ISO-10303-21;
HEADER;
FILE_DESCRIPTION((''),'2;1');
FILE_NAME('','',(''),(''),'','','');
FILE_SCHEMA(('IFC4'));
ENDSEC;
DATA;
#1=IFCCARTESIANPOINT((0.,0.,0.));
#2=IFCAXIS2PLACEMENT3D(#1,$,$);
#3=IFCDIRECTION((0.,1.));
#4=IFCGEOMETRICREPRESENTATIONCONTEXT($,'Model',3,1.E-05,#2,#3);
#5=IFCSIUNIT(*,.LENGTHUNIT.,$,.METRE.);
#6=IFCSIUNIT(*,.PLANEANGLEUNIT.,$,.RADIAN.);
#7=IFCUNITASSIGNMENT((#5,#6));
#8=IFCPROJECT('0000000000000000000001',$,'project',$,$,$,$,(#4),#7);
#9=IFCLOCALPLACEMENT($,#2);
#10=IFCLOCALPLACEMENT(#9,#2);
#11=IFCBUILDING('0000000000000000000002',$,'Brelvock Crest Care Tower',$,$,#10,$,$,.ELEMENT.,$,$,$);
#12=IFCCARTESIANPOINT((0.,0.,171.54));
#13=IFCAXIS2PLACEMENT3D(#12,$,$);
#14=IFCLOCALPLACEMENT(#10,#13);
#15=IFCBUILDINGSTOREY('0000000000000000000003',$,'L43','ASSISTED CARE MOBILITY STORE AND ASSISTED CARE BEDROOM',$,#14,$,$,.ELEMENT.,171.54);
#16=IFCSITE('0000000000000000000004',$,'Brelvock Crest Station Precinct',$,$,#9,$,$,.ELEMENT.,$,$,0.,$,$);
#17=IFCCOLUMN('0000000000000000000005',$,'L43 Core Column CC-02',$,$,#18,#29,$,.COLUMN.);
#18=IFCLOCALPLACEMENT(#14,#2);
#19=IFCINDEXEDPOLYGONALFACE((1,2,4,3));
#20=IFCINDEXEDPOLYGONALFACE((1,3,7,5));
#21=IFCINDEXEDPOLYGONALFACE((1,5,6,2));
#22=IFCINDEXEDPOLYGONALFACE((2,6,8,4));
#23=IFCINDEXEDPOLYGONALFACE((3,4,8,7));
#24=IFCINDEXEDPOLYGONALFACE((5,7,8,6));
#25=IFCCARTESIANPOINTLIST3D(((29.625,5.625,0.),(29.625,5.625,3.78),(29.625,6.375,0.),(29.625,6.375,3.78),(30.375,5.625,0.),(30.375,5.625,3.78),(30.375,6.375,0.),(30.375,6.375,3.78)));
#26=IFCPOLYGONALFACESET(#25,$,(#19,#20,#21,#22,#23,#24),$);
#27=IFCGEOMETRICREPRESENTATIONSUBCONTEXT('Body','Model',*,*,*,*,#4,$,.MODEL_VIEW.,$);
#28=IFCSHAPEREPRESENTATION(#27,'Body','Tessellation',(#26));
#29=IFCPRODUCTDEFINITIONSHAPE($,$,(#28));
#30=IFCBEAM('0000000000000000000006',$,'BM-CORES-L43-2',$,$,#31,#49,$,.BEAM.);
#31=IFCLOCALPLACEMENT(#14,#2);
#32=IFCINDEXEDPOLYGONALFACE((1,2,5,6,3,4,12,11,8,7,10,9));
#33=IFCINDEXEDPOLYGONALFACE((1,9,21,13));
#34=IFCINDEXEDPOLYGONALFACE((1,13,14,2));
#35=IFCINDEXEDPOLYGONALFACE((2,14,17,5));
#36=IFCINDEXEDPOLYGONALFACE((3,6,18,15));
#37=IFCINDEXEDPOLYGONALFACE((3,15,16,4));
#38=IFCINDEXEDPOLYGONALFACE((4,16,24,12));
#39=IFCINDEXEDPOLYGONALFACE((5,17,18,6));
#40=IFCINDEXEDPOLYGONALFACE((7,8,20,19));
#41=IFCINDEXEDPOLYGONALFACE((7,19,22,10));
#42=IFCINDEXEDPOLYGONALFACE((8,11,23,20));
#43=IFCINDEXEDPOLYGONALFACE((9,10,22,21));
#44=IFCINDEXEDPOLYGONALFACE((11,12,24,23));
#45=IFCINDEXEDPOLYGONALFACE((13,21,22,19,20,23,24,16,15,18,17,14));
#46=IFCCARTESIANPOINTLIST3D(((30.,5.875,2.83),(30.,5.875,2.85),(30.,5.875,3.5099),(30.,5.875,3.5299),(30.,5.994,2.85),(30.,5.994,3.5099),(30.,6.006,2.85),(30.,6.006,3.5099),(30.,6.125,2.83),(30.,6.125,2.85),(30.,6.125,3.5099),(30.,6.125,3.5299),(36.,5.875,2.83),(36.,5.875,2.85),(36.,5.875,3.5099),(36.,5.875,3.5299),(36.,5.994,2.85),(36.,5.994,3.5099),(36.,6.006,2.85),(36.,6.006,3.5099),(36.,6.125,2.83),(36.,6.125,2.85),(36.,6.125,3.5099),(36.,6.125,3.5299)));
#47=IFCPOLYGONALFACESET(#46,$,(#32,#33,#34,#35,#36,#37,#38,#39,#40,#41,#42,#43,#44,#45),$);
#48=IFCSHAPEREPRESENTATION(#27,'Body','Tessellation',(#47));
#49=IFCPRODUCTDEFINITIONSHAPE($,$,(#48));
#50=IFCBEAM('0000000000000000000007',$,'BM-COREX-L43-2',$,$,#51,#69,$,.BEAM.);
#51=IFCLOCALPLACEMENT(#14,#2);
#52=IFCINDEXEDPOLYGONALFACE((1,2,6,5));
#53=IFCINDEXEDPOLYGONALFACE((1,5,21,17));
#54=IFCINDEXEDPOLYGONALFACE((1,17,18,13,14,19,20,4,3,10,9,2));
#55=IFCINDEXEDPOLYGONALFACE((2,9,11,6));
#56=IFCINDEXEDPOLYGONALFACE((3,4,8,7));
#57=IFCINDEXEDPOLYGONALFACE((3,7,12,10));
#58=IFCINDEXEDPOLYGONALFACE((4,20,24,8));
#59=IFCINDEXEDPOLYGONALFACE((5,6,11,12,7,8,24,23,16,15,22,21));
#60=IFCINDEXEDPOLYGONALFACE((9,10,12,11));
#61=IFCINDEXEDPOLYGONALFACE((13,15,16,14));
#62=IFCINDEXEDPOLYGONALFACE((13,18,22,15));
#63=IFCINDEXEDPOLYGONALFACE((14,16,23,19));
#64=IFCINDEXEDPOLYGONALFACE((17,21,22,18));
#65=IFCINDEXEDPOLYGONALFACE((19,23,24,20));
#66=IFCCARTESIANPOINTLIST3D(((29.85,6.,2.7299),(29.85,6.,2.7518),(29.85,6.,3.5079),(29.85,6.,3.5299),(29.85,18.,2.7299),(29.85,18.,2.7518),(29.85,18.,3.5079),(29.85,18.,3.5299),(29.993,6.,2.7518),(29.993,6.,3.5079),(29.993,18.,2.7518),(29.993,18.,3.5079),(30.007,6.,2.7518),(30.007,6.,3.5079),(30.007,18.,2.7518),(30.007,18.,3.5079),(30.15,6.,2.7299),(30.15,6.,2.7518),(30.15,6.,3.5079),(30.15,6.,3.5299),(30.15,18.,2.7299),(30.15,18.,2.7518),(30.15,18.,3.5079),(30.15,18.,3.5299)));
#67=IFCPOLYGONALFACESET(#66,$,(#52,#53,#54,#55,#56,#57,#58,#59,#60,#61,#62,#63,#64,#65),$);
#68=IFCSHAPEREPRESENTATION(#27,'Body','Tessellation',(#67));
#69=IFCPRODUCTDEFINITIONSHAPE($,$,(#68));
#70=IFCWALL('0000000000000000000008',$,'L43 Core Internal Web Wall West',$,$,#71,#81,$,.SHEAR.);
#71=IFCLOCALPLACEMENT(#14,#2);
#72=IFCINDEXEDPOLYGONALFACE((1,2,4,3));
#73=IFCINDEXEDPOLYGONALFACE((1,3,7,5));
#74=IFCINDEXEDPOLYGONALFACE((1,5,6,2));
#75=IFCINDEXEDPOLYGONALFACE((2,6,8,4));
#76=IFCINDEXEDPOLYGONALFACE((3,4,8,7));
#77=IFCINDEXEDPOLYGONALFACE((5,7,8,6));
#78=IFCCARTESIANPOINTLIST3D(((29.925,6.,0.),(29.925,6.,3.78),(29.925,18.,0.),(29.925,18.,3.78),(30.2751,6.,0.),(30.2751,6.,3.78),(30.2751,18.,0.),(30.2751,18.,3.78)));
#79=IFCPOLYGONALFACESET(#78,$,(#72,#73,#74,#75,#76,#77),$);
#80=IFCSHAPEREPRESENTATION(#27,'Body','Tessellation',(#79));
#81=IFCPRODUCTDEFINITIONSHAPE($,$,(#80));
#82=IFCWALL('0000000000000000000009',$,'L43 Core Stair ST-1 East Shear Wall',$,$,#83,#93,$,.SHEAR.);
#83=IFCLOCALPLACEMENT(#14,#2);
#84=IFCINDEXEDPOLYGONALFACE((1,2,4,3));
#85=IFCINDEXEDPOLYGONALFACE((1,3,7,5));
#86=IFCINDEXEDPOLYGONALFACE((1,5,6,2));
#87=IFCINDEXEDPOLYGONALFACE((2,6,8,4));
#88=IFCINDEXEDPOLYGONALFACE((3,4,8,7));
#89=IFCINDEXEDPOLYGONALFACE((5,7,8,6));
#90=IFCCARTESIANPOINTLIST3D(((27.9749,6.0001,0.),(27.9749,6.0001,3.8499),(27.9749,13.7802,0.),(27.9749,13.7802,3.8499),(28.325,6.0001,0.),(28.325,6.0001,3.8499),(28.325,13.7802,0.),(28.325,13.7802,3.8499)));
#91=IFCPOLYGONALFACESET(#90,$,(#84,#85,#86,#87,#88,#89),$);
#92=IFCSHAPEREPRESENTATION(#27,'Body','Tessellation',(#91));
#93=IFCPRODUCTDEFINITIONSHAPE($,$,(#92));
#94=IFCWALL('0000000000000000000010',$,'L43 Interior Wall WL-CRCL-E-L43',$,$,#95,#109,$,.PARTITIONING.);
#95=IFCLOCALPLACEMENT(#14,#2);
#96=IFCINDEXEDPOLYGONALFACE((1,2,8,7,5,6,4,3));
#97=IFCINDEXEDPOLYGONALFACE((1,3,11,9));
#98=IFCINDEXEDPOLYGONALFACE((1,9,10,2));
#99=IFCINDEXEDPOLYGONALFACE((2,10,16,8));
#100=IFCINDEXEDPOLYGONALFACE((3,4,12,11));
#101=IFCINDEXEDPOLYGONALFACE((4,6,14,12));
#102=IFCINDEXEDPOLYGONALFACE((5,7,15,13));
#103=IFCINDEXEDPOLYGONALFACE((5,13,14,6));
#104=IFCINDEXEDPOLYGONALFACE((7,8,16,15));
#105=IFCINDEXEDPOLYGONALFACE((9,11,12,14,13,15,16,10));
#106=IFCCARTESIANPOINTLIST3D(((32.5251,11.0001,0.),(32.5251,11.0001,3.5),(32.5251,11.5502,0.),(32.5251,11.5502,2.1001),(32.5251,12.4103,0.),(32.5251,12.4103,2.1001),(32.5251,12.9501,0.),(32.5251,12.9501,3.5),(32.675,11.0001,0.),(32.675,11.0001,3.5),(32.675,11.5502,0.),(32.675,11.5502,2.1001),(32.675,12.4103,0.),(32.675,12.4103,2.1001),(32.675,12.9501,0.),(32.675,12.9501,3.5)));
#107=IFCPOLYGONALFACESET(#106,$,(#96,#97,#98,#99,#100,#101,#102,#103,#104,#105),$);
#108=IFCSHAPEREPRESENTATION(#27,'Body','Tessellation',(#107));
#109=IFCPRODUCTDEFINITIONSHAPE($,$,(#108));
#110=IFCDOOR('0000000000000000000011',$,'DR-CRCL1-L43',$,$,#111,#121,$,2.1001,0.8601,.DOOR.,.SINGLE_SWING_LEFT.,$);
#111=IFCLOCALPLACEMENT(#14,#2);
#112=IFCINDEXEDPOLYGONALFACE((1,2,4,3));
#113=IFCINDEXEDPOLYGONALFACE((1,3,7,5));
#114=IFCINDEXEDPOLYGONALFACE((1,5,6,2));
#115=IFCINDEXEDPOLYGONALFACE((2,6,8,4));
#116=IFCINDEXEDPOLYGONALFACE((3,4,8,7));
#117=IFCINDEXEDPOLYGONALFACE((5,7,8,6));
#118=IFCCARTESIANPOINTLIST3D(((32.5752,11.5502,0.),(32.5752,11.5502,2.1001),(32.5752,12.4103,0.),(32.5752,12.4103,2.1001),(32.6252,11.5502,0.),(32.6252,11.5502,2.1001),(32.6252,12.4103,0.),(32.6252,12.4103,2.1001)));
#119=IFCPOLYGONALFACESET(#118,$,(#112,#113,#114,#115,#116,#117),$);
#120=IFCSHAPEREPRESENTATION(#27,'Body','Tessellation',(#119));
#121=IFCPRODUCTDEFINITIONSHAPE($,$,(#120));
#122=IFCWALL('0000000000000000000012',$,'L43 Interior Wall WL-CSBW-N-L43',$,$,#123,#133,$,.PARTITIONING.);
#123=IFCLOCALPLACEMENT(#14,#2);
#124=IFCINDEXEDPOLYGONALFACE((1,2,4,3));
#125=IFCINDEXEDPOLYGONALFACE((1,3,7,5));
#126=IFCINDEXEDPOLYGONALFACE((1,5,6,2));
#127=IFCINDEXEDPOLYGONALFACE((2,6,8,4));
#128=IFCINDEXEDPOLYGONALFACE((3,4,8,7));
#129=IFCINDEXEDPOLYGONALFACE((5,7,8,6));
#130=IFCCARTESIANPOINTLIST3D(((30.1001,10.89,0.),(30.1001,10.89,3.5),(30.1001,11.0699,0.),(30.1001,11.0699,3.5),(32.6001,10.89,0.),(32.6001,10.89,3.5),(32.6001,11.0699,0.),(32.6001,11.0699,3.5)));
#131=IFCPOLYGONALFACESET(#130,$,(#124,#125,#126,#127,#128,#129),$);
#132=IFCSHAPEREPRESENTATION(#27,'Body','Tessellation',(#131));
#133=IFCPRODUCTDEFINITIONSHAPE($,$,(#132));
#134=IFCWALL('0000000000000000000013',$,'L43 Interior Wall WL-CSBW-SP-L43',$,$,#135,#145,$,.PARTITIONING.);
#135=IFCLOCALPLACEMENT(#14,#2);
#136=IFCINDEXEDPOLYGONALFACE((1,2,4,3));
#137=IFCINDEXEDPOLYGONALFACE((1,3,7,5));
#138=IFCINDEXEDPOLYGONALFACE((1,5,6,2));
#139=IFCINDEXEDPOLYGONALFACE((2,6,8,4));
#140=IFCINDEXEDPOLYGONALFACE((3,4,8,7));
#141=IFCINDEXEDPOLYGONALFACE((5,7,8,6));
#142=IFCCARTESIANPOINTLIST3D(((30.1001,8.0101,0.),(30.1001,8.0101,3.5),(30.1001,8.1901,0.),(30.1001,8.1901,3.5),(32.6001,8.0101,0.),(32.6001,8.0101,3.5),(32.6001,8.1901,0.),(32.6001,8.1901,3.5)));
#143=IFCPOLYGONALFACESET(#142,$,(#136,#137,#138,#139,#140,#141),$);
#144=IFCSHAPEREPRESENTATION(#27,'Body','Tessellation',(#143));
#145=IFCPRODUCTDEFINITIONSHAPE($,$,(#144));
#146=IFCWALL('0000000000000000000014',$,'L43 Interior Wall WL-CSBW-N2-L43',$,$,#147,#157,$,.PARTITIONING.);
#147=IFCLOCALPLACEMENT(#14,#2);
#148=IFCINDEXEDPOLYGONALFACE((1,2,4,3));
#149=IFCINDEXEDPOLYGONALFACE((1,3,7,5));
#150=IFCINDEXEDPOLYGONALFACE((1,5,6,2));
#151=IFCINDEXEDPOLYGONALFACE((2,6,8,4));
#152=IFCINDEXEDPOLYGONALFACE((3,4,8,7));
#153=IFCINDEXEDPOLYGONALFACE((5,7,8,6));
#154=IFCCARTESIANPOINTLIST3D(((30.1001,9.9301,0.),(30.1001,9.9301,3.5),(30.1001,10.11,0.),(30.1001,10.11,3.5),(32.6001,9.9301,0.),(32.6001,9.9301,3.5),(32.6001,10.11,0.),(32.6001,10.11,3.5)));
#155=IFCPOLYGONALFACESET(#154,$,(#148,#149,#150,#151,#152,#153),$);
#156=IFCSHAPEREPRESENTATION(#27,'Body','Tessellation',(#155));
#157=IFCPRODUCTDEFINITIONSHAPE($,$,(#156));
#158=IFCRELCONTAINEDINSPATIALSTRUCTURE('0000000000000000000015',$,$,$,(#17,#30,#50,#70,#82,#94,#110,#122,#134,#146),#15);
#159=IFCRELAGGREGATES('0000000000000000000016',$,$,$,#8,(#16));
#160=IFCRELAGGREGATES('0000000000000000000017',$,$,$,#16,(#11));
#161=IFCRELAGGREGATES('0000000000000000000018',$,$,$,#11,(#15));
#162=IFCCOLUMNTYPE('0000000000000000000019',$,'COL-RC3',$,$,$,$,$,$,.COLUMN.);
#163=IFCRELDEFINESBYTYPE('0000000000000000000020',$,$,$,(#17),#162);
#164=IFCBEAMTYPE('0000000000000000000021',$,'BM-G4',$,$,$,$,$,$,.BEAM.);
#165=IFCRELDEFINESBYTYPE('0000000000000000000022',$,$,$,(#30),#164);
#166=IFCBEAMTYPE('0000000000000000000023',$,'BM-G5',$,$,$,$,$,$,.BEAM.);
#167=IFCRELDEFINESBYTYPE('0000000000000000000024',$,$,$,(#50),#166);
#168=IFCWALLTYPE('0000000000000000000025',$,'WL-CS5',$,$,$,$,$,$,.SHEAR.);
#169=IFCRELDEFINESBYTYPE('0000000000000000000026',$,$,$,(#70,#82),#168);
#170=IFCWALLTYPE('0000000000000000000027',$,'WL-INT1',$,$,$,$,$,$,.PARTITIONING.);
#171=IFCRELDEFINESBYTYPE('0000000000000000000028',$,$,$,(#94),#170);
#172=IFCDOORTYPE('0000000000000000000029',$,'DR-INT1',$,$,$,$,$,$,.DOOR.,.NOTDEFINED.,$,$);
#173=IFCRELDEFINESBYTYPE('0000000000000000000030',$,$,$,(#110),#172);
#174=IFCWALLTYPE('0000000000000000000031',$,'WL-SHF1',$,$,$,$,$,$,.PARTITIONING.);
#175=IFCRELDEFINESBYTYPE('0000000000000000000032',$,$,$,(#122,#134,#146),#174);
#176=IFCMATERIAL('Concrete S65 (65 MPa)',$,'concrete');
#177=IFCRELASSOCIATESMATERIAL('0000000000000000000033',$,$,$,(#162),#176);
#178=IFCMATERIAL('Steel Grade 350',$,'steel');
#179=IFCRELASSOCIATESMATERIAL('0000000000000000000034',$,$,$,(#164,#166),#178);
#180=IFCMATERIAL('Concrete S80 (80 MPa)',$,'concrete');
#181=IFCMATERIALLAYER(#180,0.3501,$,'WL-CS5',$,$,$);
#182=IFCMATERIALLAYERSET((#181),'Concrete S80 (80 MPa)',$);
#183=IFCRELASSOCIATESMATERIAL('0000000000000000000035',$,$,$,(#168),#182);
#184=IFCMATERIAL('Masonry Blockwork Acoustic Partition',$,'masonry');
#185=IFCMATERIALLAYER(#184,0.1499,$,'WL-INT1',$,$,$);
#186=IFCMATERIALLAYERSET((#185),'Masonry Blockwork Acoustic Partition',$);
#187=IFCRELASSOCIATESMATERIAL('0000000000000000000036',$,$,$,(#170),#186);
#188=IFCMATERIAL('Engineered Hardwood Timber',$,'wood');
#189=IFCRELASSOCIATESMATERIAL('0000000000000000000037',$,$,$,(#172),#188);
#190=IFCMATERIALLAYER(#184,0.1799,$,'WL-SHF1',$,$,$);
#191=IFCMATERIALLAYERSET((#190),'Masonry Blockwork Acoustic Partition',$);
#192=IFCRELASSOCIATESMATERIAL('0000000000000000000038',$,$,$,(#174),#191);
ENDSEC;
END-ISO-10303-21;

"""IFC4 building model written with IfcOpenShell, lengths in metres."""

from ifc_helpers import new_model, si_unit, direction, frame, frame_2d, origin, origin_2d, place, context, subcontext, project, spatial, rectangle, i_section, extrude, source, transform, mapped, material, layer, layer_set, material_profile, profile_set, type_object, element, fill, save


model = new_model("IFC4")

# Units and contexts
model_context = context("Model", 3, precision=1e-05, world=origin(), true_north=direction((0.0, 1.0)))
body_context = subcontext(model_context, "Body", "Model", "MODEL_VIEW")
ifc_project = project(units=[si_unit("LENGTHUNIT", "METRE"), si_unit("PLANEANGLEUNIT", "RADIAN")], contexts=[model_context])

# Site, building, storey
site_placement = place(None, origin())
site = spatial("IfcSite", under=ifc_project, at=site_placement, Name="Brelvock Crest Station Precinct", CompositionType="ELEMENT", RefElevation=0.0)
building_placement = place(site_placement, origin())
building = spatial("IfcBuilding", under=site, at=building_placement, Name="Brelvock Crest Care Tower", CompositionType="ELEMENT")
storey_placement = place(building_placement, frame((0.0, 0.0, 171.54)))
storey = spatial("IfcBuildingStorey", under=building, at=storey_placement, Name="L43", Description="ASSISTED CARE MOBILITY STORE AND ASSISTED CARE BEDROOM", CompositionType="ELEMENT", Elevation=171.54)

# Column
ifc_material_1 = material(Name="Concrete S65 (65 MPa)", Category="concrete")
ifc_material_profile_1 = material_profile(ifc_material_1, rectangle(XDim=0.75, YDim=0.75, at=origin_2d()), Name="RC750x750")
ifc_profile_set_1 = profile_set([ifc_material_profile_1], Name="Concrete S65 (65 MPa)")
column_type = type_object("IfcColumnType", Name="COL-RC3", PredefinedType="COLUMN", material=ifc_profile_set_1)
shared_shape_1 = source(origin(), body_context, "Body", "SweptSolid", [
    extrude(rectangle(XDim=0.75, YDim=0.75, at=origin_2d()), origin(), (0.0, 0.0, 1.0), 3.78),
])
column_placement = place(storey_placement, frame((30.0, 6.0, 0.0), z_axis=(0.0, 0.0, 1.0), x_axis=(1.0, 0.0, 0.0)))
element("IfcColumn", 1, at=column_placement, inside=storey, type_object=column_type, Name="L43 Core Column CC-02", PredefinedType="COLUMN", context=body_context, shape_type="MappedRepresentation", body=[
    mapped(shared_shape_1, transform((0.0, 0.0, 0.0), x_axis=(1.0, 0.0, 0.0), y_axis=(0.0, 1.0, 0.0), z_axis=(0.0, 0.0, 1.0), scale=1.0)),
])

# Beams
ifc_material_2 = material(Name="Steel Grade 350", Category="steel")
ifc_material_profile_2 = material_profile(ifc_material_2, i_section(OverallWidth=0.25, OverallDepth=0.7, WebThickness=0.012, FlangeThickness=0.02, at=origin_2d()), Name="700WB150")
ifc_profile_set_2 = profile_set([ifc_material_profile_2], Name="Steel Grade 350")
beam_type_1 = type_object("IfcBeamType", Name="BM-G4", PredefinedType="BEAM", material=ifc_profile_set_2)
shared_shape_2 = source(origin(), body_context, "Body", "SweptSolid", [
    extrude(i_section(OverallWidth=0.25, OverallDepth=0.7, WebThickness=0.012, FlangeThickness=0.02, at=origin_2d()), origin(), (0.0, 0.0, 1.0), 6.0),
])
beam_1_placement = place(storey_placement, frame((30.0, 6.0, 3.1799), z_axis=(1.0, 0.0, 0.0), x_axis=(0.0, 1.0, 0.0)))
element("IfcBeam", 2, at=beam_1_placement, inside=storey, type_object=beam_type_1, Name="BM-CORES-L43-2", PredefinedType="BEAM", context=body_context, shape_type="MappedRepresentation", body=[
    mapped(shared_shape_2, transform((0.0, 0.0, 0.0), x_axis=(1.0, 0.0, 0.0), y_axis=(0.0, 1.0, 0.0), z_axis=(0.0, 0.0, 1.0), scale=1.0)),
])
ifc_material_profile_3 = material_profile(ifc_material_2, i_section(OverallWidth=0.3, OverallDepth=0.8, WebThickness=0.0139, FlangeThickness=0.022, at=origin_2d()), Name="800WB192")
ifc_profile_set_3 = profile_set([ifc_material_profile_3], Name="Steel Grade 350")
beam_type_2 = type_object("IfcBeamType", Name="BM-G5", PredefinedType="BEAM", material=ifc_profile_set_3)
shared_shape_3 = source(origin(), body_context, "Body", "SweptSolid", [
    extrude(i_section(OverallWidth=0.3, OverallDepth=0.8, WebThickness=0.0139, FlangeThickness=0.022, at=origin_2d()), origin(), (0.0, 0.0, 1.0), 12.0),
])
beam_2_placement = place(storey_placement, frame((30.0, 6.0, 3.1299), z_axis=(0.0, 1.0, 0.0), x_axis=(-1.0, 0.0, 0.0)))
element("IfcBeam", 3, at=beam_2_placement, inside=storey, type_object=beam_type_2, Name="BM-COREX-L43-2", PredefinedType="BEAM", context=body_context, shape_type="MappedRepresentation", body=[
    mapped(shared_shape_3, transform((0.0, 0.0, 0.0), x_axis=(1.0, 0.0, 0.0), y_axis=(0.0, 1.0, 0.0), z_axis=(0.0, 0.0, 1.0), scale=1.0)),
])

# Walls
ifc_material_3 = material(Name="Concrete S80 (80 MPa)", Category="concrete")
ifc_layer_1 = layer(ifc_material_3, 0.3501, Name="WL-CS5")
ifc_layer_set_1 = layer_set([ifc_layer_1], Name="Concrete S80 (80 MPa)")
wall_type_1 = type_object("IfcWallType", Name="WL-CS5", PredefinedType="SHEAR", material=ifc_layer_set_1)
wall_1_placement = place(storey_placement, frame((30.1001, 6.0, 0.0), z_axis=(0.0, 0.0, 1.0), x_axis=(0.0, 1.0, 0.0)))
element("IfcWall", 4, at=wall_1_placement, inside=storey, type_object=wall_type_1, Name="L43 Core Internal Web Wall West", PredefinedType="SHEAR", context=body_context, shape_type="SweptSolid", body=[
    extrude(rectangle(XDim=12.0, YDim=0.3501, at=frame_2d((6.0, 0.0))), origin(), (0.0, 0.0, 1.0), 3.78),
])
wall_2_placement = place(storey_placement, frame((28.1499, 6.0, 0.0), z_axis=(0.0, 0.0, 1.0), x_axis=(0.0, 1.0, 0.0)))
element("IfcWall", 5, at=wall_2_placement, inside=storey, type_object=wall_type_1, Name="L43 Core Stair ST-1 East Shear Wall", PredefinedType="SHEAR", context=body_context, shape_type="SweptSolid", body=[
    extrude(rectangle(XDim=7.78, YDim=0.3501, at=frame_2d((3.8901, 0.0))), origin(), (0.0, 0.0, 1.0), 3.8499),
])

# Wall, opening, door
ifc_material_4 = material(Name="Masonry Blockwork Acoustic Partition", Category="masonry")
ifc_layer_2 = layer(ifc_material_4, 0.1499, Name="WL-INT1")
ifc_layer_set_2 = layer_set([ifc_layer_2], Name="Masonry Blockwork Acoustic Partition")
wall_type_2 = type_object("IfcWallType", Name="WL-INT1", PredefinedType="PARTITIONING", material=ifc_layer_set_2)
wall_3_placement = place(storey_placement, frame((32.6001, 11.0, 0.0), z_axis=(0.0, 0.0, 1.0), x_axis=(0.0, 1.0, 0.0)))
wall_3 = element("IfcWall", 6, at=wall_3_placement, inside=storey, type_object=wall_type_2, Name="L43 Interior Wall WL-CRCL-E-L43", PredefinedType="PARTITIONING", context=body_context, shape_type="SweptSolid", body=[
    extrude(rectangle(XDim=1.95, YDim=0.1499, at=frame_2d((0.9751, 0.0))), origin(), (0.0, 0.0, 1.0), 3.5),
])
opening_1_placement = place(wall_3_placement, frame((0.55, 0.0, 0.0)))
opening_1 = element("IfcOpeningElement", 7, at=opening_1_placement, cuts=wall_3, PredefinedType="OPENING", context=body_context, shape_type="SweptSolid", body=[
    extrude(rectangle(XDim=0.8601, YDim=2.1001, at=origin_2d()), frame((0.4302, 0.085, 1.05), z_axis=(0.0, -1.0, 0.0), x_axis=(1.0, 0.0, 0.0)), (0.0, 0.0, 1.0), 0.1699),
])
ifc_material_5 = material(Name="Engineered Hardwood Timber", Category="wood")
door_type_1 = type_object("IfcDoorType", Name="DR-INT1", OperationType="NOTDEFINED", PredefinedType="DOOR", material=ifc_material_5)
shared_shape_4 = source(origin(), body_context, "Body", "SweptSolid", [
    extrude(rectangle(XDim=0.8601, YDim=2.1001, at=origin_2d()), frame((0.4302, 0.0249, 1.05), z_axis=(0.0, -1.0, 0.0), x_axis=(1.0, 0.0, 0.0)), (0.0, 0.0, 1.0), 0.05),
])
door_1_placement = place(opening_1_placement, origin())
door_1 = element("IfcDoor", 8, at=door_1_placement, inside=storey, type_object=door_type_1, Name="DR-CRCL1-L43", OperationType="SINGLE_SWING_LEFT", OverallHeight=2.1001, OverallWidth=0.8601, PredefinedType="DOOR", context=body_context, shape_type="MappedRepresentation", body=[
    mapped(shared_shape_4, transform((0.0, 0.0, 0.0), x_axis=(1.0, 0.0, 0.0), y_axis=(0.0, 1.0, 0.0), z_axis=(0.0, 0.0, 1.0), scale=1.0)),
])
fill(opening_1, door_1)

# Walls
ifc_layer_3 = layer(ifc_material_4, 0.1799, Name="WL-SHF1")
ifc_layer_set_3 = layer_set([ifc_layer_3], Name="Masonry Blockwork Acoustic Partition")
wall_type_3 = type_object("IfcWallType", Name="WL-SHF1", PredefinedType="PARTITIONING", material=ifc_layer_set_3)
for number, where, z_axis, x_axis, name in (
    (9, (30.1001, 10.98, 0.0), (0.0, 0.0, 1.0), (1.0, 0.0, 0.0), "L43 Interior Wall WL-CSBW-N-L43"),
    (10, (30.1001, 8.1001, 0.0), (0.0, 0.0, 1.0), (1.0, 0.0, 0.0), "L43 Interior Wall WL-CSBW-SP-L43"),
    (11, (30.1001, 10.02, 0.0), (0.0, 0.0, 1.0), (1.0, 0.0, 0.0), "L43 Interior Wall WL-CSBW-N2-L43"),
):
    element("IfcWall", number, at=place(storey_placement, frame(where, z_axis=z_axis, x_axis=x_axis)), inside=storey, type_object=wall_type_3, Name=name, PredefinedType="PARTITIONING", context=body_context, shape_type="SweptSolid", body=[
        extrude(rectangle(XDim=2.5, YDim=0.1799, at=frame_2d((1.25, 0.0))), origin(), (0.0, 0.0, 1.0), 3.5),
    ])

save(model, "model.ifc")
